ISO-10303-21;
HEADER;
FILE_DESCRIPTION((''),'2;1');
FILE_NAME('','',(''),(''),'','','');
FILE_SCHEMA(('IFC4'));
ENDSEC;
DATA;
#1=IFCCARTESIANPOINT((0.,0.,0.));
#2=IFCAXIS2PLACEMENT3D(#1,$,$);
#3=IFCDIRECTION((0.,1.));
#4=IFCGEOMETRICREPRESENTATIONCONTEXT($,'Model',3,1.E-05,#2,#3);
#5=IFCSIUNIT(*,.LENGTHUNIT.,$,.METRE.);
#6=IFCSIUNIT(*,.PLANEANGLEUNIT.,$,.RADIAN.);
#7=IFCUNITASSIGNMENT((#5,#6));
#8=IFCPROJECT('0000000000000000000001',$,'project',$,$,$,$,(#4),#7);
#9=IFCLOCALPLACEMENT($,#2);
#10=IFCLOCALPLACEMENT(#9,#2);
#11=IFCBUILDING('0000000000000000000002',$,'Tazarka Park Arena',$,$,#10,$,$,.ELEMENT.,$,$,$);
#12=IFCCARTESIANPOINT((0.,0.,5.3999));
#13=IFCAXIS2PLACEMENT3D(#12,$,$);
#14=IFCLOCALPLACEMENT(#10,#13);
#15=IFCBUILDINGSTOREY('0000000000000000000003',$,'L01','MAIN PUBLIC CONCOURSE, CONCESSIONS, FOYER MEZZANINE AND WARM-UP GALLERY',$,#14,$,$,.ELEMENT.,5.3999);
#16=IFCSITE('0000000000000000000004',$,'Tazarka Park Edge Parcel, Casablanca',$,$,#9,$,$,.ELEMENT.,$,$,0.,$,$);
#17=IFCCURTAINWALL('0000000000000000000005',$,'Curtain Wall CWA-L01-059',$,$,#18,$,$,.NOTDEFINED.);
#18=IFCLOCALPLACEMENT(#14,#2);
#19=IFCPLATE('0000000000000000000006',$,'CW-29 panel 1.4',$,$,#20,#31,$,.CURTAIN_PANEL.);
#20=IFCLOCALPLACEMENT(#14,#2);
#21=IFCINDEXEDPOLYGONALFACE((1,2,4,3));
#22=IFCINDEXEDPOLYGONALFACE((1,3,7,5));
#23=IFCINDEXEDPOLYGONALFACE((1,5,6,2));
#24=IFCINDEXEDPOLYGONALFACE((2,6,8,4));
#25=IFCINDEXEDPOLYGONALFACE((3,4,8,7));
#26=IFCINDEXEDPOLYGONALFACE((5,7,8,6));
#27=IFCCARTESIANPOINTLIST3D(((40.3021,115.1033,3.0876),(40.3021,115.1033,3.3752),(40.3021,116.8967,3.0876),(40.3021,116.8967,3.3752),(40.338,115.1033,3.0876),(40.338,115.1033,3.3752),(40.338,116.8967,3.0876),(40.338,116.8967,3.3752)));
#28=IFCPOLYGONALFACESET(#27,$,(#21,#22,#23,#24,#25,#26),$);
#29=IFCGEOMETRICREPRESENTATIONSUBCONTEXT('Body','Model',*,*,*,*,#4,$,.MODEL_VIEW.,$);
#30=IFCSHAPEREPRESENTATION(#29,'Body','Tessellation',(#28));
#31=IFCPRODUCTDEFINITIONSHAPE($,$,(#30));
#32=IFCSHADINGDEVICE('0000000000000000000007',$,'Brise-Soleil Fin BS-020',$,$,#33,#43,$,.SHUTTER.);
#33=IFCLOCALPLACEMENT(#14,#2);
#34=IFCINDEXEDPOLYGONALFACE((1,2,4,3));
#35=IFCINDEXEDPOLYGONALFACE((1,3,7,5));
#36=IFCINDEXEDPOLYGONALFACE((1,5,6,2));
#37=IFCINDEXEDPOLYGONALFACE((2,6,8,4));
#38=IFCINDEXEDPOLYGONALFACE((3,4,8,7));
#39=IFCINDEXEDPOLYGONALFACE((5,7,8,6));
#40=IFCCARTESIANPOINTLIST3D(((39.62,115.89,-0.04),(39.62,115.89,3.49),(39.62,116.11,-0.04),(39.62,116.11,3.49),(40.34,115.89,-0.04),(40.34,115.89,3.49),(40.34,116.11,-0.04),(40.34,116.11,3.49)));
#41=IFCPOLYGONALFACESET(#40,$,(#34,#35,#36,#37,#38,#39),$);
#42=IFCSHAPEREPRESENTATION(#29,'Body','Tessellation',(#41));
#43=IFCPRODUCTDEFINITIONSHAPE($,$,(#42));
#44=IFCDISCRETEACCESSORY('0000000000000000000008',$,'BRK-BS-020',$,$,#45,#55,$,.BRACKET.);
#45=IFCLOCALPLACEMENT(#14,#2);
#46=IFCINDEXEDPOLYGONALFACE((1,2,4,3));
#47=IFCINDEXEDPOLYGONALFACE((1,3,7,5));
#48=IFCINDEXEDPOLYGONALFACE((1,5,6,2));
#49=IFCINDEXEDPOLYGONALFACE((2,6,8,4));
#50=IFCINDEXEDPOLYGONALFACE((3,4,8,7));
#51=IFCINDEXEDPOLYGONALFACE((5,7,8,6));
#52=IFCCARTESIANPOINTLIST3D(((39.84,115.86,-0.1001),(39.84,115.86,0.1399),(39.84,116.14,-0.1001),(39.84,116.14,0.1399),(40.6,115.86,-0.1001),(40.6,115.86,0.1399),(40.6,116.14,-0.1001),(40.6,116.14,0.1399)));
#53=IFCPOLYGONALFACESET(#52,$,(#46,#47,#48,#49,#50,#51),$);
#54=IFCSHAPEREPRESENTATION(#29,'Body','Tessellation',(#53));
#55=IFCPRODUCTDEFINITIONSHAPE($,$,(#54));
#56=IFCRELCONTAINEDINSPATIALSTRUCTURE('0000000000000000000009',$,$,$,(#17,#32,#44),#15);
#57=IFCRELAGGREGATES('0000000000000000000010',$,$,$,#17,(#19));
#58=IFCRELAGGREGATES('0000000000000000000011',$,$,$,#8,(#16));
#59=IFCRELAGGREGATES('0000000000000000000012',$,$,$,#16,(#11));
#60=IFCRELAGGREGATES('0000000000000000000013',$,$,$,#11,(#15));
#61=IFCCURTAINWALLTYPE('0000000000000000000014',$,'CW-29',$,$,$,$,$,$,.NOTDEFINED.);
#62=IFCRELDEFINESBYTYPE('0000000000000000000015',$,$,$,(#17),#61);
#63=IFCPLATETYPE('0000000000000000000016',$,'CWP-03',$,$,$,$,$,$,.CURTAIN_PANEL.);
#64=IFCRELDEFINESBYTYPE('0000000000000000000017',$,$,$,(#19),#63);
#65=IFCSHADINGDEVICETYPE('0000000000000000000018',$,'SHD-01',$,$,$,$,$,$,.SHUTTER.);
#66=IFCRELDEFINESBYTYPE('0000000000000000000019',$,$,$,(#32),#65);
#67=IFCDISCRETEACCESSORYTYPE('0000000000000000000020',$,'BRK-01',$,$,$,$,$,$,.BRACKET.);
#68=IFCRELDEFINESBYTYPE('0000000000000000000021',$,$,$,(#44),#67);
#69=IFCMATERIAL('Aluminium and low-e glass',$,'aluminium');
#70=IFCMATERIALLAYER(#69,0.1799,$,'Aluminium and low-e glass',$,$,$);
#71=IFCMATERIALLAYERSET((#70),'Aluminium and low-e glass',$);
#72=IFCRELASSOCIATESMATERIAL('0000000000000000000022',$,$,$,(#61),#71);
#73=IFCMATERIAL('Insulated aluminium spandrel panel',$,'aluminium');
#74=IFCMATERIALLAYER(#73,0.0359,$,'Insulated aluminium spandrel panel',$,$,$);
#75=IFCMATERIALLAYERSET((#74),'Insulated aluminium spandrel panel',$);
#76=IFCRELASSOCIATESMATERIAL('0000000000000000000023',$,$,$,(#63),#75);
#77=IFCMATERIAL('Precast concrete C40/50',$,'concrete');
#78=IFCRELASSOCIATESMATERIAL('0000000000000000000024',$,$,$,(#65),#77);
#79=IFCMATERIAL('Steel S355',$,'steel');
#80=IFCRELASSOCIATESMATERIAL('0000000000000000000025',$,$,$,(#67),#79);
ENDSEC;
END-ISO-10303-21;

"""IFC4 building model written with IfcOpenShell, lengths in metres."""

from ifc_helpers import new_model, si_unit, direction, frame, origin, origin_2d, place, context, subcontext, project, spatial, rectangle, extrude, material, layer, layer_set, type_object, element, aggregate, save


model = new_model("IFC4")

# Units and contexts
model_context = context("Model", 3, precision=1e-05, world=origin(), true_north=direction((0.0, 1.0)))
body_context = subcontext(model_context, "Body", "Model", "MODEL_VIEW")
ifc_project = project(units=[si_unit("LENGTHUNIT", "METRE"), si_unit("PLANEANGLEUNIT", "RADIAN")], contexts=[model_context])

# Site, building, storey
site_placement = place(None, origin())
site = spatial("IfcSite", under=ifc_project, at=site_placement, Name="Tazarka Park Edge Parcel, Casablanca", CompositionType="ELEMENT", RefElevation=0.0)
building_placement = place(site_placement, origin())
building = spatial("IfcBuilding", under=site, at=building_placement, Name="Tazarka Park Arena", CompositionType="ELEMENT")
storey_placement = place(building_placement, frame((0.0, 0.0, 5.3999)))
storey = spatial("IfcBuildingStorey", under=building, at=storey_placement, Name="L01", Description="MAIN PUBLIC CONCOURSE, CONCESSIONS, FOYER MEZZANINE AND WARM-UP GALLERY", CompositionType="ELEMENT", Elevation=5.3999)

# Curtain wall
ifc_material_1 = material(Name="Aluminium and low-e glass", Category="aluminium")
ifc_layer_1 = layer(ifc_material_1, 0.1799, Name="Aluminium and low-e glass")
ifc_layer_set_1 = layer_set([ifc_layer_1], Name="Aluminium and low-e glass")
curtain_wall_type_1 = type_object("IfcCurtainWallType", Name="CW-29", PredefinedType="NOTDEFINED", material=ifc_layer_set_1)
curtain_wall_1_placement = place(storey_placement, origin())
curtain_wall_1 = element("IfcCurtainWall", 1, at=curtain_wall_1_placement, inside=storey, type_object=curtain_wall_type_1, Name="Curtain Wall CWA-L01-059", PredefinedType="NOTDEFINED")

# Plate
ifc_material_2 = material(Name="Insulated aluminium spandrel panel", Category="aluminium")
ifc_layer_2 = layer(ifc_material_2, 0.0359, Name="Insulated aluminium spandrel panel")
ifc_layer_set_2 = layer_set([ifc_layer_2], Name="Insulated aluminium spandrel panel")
plate_type_1 = type_object("IfcPlateType", Name="CWP-03", PredefinedType="CURTAIN_PANEL", material=ifc_layer_set_2)
plate_1_placement = place(storey_placement, frame((40.3201, 116.0, 3.0876), z_axis=(0.0, 0.0, 1.0), x_axis=(0.0, 1.0, 0.0)))
plate_1 = element("IfcPlate", 2, at=plate_1_placement, type_object=plate_type_1, Name="CW-29 panel 1.4", PredefinedType="CURTAIN_PANEL", context=body_context, shape_type="SweptSolid", body=[
    extrude(rectangle(XDim=1.7935, YDim=0.0359, at=origin_2d()), origin(), (0.0, 0.0, 1.0), 0.2876),
])
aggregate(curtain_wall_1, [plate_1])

# Shading device
ifc_material_3 = material(Name="Precast concrete C40/50", Category="concrete")
shading_device_type = type_object("IfcShadingDeviceType", Name="SHD-01", PredefinedType="SHUTTER", material=ifc_material_3)
shading_device_placement = place(storey_placement, frame((39.98, 116.0, -0.04), z_axis=(0.0, 0.0, 1.0), x_axis=(0.0, 1.0, 0.0)))
element("IfcShadingDevice", 3, at=shading_device_placement, inside=storey, type_object=shading_device_type, Name="Brise-Soleil Fin BS-020", PredefinedType="SHUTTER", context=body_context, shape_type="SweptSolid", body=[
    extrude(rectangle(XDim=0.22, YDim=0.72, at=origin_2d()), origin(), (0.0, 0.0, 1.0), 3.53),
])

# Discrete accessory
ifc_material_4 = material(Name="Steel S355", Category="steel")
discrete_accessory_type = type_object("IfcDiscreteAccessoryType", Name="BRK-01", PredefinedType="BRACKET", material=ifc_material_4)
discrete_accessory_placement = place(storey_placement, frame((40.22, 116.0, -0.1001), z_axis=(0.0, 0.0, 1.0), x_axis=(0.0, 1.0, 0.0)))
element("IfcDiscreteAccessory", 4, at=discrete_accessory_placement, inside=storey, type_object=discrete_accessory_type, Name="BRK-BS-020", PredefinedType="BRACKET", context=body_context, shape_type="SweptSolid", body=[
    extrude(rectangle(XDim=0.28, YDim=0.76, at=origin_2d()), origin(), (0.0, 0.0, 1.0), 0.24),
])

save(model, "model.ifc")
